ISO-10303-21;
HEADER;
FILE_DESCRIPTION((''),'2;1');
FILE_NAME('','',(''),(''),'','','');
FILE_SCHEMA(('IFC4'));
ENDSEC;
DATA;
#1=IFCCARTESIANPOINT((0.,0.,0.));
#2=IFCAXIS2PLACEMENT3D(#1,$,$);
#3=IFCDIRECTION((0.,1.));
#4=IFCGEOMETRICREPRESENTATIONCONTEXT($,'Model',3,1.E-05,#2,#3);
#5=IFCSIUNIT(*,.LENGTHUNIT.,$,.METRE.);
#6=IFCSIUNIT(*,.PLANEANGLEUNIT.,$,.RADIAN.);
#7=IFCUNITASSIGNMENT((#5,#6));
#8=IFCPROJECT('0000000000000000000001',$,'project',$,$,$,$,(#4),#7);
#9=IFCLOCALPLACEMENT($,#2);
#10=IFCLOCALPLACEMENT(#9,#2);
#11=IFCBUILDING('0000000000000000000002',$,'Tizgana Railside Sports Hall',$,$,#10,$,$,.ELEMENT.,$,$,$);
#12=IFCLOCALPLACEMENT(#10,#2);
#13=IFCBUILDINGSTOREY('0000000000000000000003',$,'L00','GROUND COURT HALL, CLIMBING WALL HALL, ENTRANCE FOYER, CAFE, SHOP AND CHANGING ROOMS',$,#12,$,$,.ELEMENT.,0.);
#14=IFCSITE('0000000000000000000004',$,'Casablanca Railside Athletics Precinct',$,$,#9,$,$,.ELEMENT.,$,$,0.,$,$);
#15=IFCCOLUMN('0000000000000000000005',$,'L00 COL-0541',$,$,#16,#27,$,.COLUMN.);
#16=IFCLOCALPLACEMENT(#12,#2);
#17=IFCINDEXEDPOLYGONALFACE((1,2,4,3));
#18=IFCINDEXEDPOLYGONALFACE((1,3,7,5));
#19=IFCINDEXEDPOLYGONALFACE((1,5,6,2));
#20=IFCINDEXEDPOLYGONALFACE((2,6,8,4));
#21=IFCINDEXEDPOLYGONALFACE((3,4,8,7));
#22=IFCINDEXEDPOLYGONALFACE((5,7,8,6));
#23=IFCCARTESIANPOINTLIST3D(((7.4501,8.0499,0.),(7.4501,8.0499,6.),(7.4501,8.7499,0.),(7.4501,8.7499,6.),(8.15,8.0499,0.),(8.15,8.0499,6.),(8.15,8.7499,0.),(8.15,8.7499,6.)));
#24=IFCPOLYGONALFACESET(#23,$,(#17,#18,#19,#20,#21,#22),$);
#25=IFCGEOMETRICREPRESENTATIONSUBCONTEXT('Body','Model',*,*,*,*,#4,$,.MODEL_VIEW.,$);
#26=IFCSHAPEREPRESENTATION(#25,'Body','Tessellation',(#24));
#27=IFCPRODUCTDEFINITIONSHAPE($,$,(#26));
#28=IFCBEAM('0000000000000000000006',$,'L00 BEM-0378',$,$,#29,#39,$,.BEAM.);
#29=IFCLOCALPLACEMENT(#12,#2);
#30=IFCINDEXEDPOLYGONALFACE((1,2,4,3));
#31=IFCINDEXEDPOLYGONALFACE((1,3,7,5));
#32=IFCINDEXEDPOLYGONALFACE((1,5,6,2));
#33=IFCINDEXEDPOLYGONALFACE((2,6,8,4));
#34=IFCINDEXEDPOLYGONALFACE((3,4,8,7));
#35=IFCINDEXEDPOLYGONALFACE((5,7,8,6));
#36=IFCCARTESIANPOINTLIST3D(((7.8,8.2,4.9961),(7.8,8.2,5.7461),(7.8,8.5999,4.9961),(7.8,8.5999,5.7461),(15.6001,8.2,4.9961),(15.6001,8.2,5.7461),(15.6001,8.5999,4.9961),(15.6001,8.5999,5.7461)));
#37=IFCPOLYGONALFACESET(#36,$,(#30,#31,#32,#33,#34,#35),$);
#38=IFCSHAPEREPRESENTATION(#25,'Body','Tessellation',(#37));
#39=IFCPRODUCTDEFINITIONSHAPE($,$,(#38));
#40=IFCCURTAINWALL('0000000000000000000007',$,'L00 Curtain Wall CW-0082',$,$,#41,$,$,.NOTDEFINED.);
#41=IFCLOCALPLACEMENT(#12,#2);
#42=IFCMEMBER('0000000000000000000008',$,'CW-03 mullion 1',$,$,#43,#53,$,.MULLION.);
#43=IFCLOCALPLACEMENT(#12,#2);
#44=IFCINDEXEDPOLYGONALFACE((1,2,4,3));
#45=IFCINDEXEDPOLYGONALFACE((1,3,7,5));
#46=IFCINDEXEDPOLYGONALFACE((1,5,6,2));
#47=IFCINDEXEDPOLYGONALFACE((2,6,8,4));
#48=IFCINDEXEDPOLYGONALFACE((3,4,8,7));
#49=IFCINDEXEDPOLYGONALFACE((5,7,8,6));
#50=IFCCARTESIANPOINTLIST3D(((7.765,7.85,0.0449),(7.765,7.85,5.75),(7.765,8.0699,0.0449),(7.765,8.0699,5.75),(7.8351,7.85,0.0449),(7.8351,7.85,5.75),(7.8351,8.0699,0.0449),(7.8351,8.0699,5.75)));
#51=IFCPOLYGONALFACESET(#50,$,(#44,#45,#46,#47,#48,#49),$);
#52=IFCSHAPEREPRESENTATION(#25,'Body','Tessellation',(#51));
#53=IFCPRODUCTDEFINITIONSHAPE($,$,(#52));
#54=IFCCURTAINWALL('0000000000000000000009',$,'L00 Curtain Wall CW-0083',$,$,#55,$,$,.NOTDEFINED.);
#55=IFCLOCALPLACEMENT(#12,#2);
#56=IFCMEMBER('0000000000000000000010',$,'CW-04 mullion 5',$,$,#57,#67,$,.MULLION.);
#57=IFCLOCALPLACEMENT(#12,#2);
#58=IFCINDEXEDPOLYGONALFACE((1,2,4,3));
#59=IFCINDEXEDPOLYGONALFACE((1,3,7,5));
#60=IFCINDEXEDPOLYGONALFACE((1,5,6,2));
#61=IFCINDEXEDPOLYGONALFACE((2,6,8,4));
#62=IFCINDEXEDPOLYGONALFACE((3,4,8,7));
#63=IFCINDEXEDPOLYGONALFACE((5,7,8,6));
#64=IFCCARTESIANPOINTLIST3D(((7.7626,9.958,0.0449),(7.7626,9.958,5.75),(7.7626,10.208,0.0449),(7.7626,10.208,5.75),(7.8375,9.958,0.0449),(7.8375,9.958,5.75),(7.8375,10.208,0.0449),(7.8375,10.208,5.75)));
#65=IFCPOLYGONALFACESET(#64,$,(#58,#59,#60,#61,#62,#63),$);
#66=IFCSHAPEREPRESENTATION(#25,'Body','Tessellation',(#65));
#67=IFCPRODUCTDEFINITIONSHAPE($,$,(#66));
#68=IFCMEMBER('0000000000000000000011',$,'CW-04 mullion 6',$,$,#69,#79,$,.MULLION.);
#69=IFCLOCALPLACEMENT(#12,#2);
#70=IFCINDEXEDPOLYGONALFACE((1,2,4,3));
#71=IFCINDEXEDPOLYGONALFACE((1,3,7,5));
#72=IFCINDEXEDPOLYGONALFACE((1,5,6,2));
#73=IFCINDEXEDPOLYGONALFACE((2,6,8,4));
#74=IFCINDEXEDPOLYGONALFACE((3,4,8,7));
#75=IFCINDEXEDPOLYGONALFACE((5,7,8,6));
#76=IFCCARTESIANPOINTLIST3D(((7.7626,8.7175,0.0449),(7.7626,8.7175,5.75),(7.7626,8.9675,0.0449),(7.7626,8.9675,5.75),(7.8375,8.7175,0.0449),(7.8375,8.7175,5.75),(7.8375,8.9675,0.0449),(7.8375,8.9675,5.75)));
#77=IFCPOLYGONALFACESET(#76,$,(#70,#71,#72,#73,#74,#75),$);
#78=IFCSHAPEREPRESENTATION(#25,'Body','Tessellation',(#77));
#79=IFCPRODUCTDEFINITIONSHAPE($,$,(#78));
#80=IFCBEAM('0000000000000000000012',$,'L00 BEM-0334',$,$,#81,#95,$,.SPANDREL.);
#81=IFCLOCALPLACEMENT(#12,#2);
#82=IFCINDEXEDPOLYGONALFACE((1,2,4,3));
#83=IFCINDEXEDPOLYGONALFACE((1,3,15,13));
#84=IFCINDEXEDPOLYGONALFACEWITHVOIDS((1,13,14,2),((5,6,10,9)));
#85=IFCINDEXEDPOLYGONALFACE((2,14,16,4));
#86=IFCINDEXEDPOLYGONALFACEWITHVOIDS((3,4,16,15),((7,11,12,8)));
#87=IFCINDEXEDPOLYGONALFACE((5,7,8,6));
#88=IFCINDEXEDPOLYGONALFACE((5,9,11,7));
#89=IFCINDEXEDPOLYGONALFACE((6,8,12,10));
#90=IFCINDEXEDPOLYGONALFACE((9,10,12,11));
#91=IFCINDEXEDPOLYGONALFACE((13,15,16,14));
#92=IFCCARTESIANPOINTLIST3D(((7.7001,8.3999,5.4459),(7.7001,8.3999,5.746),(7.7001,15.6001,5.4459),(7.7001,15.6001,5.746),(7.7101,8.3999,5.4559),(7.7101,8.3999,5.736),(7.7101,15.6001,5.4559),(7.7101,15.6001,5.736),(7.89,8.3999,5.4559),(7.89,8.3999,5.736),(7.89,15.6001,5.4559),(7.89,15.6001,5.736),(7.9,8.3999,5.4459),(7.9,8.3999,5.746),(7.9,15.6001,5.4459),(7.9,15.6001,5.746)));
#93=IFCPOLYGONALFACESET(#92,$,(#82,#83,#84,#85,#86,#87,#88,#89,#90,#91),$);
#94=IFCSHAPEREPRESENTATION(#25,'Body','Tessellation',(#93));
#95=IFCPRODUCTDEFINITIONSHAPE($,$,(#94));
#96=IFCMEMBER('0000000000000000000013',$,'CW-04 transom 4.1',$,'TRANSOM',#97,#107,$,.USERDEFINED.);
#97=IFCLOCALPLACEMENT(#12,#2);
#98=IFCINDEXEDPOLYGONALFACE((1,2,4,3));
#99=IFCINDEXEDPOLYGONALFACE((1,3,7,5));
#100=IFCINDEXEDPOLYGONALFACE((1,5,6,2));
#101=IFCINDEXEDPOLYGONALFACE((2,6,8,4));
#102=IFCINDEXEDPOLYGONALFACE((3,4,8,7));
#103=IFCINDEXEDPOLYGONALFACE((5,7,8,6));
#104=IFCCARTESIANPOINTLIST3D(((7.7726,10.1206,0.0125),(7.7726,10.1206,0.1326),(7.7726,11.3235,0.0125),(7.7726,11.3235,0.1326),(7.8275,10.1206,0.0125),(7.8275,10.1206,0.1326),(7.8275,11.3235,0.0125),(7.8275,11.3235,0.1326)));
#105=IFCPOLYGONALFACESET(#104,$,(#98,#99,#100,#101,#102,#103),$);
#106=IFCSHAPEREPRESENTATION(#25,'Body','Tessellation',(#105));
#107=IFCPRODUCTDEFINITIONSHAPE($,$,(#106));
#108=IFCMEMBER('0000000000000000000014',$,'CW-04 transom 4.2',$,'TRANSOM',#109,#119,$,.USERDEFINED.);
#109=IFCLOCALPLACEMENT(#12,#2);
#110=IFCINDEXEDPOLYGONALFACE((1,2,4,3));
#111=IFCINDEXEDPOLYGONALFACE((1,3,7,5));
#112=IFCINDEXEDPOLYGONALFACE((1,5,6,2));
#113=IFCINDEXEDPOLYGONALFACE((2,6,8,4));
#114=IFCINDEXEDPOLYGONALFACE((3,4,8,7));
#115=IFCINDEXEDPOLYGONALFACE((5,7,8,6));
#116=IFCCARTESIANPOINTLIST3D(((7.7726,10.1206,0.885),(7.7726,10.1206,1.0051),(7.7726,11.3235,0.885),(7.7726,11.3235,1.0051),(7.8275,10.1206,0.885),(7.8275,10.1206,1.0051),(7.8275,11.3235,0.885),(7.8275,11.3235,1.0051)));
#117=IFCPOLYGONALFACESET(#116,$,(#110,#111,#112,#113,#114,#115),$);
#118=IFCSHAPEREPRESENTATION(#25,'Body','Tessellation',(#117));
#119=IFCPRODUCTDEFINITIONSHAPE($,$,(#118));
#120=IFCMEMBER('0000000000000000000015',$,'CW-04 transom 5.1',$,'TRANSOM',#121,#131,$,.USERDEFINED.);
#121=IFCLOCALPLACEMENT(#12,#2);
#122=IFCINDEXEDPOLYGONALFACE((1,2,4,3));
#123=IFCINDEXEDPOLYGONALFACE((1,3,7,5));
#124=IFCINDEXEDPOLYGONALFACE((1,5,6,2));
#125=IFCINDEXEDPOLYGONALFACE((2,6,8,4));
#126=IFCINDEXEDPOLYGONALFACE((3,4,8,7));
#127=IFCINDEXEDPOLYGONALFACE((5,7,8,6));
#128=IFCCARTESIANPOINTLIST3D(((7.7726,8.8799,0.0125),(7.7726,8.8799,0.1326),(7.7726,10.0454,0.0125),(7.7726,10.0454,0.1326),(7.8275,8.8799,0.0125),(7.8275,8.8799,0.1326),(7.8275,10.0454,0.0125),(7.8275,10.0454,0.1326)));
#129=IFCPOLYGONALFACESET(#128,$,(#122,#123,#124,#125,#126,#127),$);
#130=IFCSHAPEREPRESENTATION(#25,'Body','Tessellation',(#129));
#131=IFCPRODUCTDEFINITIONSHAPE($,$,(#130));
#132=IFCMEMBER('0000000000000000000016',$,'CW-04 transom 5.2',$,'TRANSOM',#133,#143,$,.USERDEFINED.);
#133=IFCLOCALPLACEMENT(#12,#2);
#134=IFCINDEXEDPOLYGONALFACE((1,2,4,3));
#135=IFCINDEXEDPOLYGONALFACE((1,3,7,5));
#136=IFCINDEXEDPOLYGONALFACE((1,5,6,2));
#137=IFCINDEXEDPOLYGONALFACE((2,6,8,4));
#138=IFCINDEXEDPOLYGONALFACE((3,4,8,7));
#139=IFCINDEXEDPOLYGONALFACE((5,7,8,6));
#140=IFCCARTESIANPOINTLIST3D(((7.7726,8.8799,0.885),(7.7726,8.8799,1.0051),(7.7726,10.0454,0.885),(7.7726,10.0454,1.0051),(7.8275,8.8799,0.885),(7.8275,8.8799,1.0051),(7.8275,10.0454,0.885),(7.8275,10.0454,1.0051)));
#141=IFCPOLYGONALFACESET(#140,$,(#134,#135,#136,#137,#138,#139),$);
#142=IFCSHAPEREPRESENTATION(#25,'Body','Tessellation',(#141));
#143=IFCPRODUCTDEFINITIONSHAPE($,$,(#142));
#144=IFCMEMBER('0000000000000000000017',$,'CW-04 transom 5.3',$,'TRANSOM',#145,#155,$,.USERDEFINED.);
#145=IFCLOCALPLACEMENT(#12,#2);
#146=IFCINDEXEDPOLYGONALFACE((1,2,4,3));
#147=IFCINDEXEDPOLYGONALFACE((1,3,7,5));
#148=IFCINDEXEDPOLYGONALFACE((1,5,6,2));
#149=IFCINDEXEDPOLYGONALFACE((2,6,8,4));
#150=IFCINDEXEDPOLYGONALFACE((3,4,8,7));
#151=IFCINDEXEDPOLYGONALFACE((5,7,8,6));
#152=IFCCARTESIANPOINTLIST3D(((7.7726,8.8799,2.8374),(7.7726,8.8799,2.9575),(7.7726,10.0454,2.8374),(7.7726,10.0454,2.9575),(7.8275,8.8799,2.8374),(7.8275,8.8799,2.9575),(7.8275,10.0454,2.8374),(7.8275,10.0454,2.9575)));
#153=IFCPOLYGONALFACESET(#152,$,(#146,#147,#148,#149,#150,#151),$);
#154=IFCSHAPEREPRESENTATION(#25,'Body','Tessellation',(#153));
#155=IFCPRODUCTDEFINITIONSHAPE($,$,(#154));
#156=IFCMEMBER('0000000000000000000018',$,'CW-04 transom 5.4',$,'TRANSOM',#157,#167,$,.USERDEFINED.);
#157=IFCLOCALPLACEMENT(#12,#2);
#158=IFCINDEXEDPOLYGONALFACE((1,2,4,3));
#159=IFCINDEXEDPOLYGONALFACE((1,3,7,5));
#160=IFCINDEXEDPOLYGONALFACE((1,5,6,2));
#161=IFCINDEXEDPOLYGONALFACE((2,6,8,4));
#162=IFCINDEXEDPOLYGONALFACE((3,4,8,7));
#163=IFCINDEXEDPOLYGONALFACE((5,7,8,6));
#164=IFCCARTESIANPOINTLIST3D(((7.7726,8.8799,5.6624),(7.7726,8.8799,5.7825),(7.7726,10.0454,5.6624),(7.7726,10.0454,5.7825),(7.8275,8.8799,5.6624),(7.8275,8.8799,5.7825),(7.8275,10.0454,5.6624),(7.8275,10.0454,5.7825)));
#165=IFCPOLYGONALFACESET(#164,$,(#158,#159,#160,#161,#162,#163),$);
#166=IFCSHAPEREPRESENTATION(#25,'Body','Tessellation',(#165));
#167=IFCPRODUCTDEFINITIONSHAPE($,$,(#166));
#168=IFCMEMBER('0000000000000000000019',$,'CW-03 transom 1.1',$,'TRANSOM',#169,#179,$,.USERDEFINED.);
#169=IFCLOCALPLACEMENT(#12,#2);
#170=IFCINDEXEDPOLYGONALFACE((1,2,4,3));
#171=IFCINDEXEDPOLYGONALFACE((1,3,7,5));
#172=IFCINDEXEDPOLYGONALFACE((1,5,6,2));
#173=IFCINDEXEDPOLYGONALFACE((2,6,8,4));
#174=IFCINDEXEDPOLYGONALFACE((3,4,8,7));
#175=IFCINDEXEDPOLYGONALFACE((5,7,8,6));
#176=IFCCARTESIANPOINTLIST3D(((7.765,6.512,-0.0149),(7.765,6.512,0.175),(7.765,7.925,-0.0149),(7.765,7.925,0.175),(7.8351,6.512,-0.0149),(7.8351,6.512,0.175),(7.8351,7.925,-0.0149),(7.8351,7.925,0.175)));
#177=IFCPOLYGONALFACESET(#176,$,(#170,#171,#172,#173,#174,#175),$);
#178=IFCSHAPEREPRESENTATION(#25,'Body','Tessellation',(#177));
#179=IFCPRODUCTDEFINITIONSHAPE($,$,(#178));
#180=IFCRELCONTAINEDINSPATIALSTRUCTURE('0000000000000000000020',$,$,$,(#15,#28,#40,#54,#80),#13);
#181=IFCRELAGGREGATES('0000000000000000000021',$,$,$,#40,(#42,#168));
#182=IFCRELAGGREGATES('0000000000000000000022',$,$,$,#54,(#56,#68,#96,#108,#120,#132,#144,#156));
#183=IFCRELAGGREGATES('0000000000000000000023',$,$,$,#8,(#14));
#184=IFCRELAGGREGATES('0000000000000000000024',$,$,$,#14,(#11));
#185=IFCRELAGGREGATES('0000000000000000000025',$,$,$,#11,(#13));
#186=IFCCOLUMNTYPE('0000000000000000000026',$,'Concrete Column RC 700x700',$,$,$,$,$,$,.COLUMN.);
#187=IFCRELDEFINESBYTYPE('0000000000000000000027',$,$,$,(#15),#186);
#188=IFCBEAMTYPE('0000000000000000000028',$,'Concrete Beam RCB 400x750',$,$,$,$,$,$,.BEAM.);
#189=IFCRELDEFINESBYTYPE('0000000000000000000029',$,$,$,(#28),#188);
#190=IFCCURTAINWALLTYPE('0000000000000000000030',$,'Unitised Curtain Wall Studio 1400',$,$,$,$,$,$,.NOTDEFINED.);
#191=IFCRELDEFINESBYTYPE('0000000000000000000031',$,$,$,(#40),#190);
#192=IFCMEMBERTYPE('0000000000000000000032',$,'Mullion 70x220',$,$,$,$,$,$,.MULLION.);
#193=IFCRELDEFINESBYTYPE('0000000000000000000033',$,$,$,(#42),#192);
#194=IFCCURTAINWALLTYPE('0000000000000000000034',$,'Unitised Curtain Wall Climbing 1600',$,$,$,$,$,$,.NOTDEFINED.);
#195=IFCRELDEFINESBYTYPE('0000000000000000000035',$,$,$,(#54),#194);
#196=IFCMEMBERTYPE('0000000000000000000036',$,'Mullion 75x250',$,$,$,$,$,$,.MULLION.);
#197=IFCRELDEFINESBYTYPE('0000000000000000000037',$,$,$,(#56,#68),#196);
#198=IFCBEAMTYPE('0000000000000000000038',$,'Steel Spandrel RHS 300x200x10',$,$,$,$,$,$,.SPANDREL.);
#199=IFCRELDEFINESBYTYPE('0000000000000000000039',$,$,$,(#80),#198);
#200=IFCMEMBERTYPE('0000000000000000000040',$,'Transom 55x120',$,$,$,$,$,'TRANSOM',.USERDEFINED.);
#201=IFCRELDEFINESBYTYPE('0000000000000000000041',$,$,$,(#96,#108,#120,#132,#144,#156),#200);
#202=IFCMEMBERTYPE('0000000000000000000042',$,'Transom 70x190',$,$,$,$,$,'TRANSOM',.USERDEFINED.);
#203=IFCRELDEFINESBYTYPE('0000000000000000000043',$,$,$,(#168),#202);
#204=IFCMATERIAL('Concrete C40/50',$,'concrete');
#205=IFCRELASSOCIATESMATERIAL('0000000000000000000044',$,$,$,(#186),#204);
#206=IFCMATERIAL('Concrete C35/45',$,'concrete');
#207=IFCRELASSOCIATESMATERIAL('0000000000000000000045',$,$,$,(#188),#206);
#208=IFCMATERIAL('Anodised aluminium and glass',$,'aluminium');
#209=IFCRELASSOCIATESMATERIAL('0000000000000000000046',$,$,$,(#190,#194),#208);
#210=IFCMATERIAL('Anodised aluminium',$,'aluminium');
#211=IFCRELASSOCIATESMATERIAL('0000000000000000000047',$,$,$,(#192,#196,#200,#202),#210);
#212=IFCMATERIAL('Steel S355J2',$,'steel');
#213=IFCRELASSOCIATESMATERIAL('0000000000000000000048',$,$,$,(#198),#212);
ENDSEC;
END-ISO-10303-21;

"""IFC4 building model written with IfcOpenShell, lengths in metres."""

from ifc_helpers import new_model, si_unit, direction, frame, origin, origin_2d, place, context, subcontext, project, spatial, rectangle, hollow_rectangle, extrude, material, material_profile, profile_set, type_object, element, aggregate, save


model = new_model("IFC4")

# Units and contexts
model_context = context("Model", 3, precision=1e-05, world=origin(), true_north=direction((0.0, 1.0)))
body_context = subcontext(model_context, "Body", "Model", "MODEL_VIEW")
ifc_project = project(units=[si_unit("LENGTHUNIT", "METRE"), si_unit("PLANEANGLEUNIT", "RADIAN")], contexts=[model_context])

# Site, building, storey
site_placement = place(None, origin())
site = spatial("IfcSite", under=ifc_project, at=site_placement, Name="Casablanca Railside Athletics Precinct", CompositionType="ELEMENT", RefElevation=0.0)
building_placement = place(site_placement, origin())
building = spatial("IfcBuilding", under=site, at=building_placement, Name="Tizgana Railside Sports Hall", CompositionType="ELEMENT")
storey_placement = place(building_placement, origin())
storey = spatial("IfcBuildingStorey", under=building, at=storey_placement, Name="L00", Description="GROUND COURT HALL, CLIMBING WALL HALL, ENTRANCE FOYER, CAFE, SHOP AND CHANGING ROOMS", CompositionType="ELEMENT", Elevation=0.0)

# Column
ifc_material_1 = material(Name="Concrete C40/50", Category="concrete")
ifc_material_profile_1 = material_profile(ifc_material_1, rectangle(XDim=0.7, YDim=0.7, at=origin_2d()), Name="RC 700x700")
ifc_profile_set_1 = profile_set([ifc_material_profile_1], Name="Concrete C40/50")
column_type = type_object("IfcColumnType", Name="Concrete Column RC 700x700", PredefinedType="COLUMN", material=ifc_profile_set_1)
column_placement = place(storey_placement, frame((7.8, 8.3999, 0.0), z_axis=(0.0, 0.0, 1.0), x_axis=(1.0, 0.0, 0.0)))
element("IfcColumn", 1, at=column_placement, inside=storey, type_object=column_type, Name="L00 COL-0541", PredefinedType="COLUMN", context=body_context, shape_type="SweptSolid", body=[
    extrude(rectangle(XDim=0.7, YDim=0.7, at=origin_2d()), origin(), (0.0, 0.0, 1.0), 6.0),
])

# Beam
ifc_material_2 = material(Name="Concrete C35/45", Category="concrete")
ifc_material_profile_2 = material_profile(ifc_material_2, rectangle(XDim=0.3999, YDim=0.75, at=origin_2d()), Name="RCB 400x750")
ifc_profile_set_2 = profile_set([ifc_material_profile_2], Name="Concrete C35/45")
beam_type_1 = type_object("IfcBeamType", Name="Concrete Beam RCB 400x750", PredefinedType="BEAM", material=ifc_profile_set_2)
beam_1_placement = place(storey_placement, frame((7.8, 8.3999, 5.3711), z_axis=(1.0, 0.0, 0.0), x_axis=(0.0, 1.0, 0.0)))
element("IfcBeam", 2, at=beam_1_placement, inside=storey, type_object=beam_type_1, Name="L00 BEM-0378", PredefinedType="BEAM", context=body_context, shape_type="SweptSolid", body=[
    extrude(rectangle(XDim=0.3999, YDim=0.75, at=origin_2d()), origin(), (0.0, 0.0, 1.0), 7.8),
])

# Curtain wall, member
ifc_material_3 = material(Name="Anodised aluminium and glass", Category="aluminium")
curtain_wall_type_1 = type_object("IfcCurtainWallType", Name="Unitised Curtain Wall Studio 1400", PredefinedType="NOTDEFINED", material=ifc_material_3)
curtain_wall_1_placement = place(storey_placement, origin())
curtain_wall_1 = element("IfcCurtainWall", 3, at=curtain_wall_1_placement, inside=storey, type_object=curtain_wall_type_1, Name="L00 Curtain Wall CW-0082", PredefinedType="NOTDEFINED")
ifc_material_4 = material(Name="Anodised aluminium", Category="aluminium")
ifc_material_profile_3 = material_profile(ifc_material_4, rectangle(XDim=0.0701, YDim=0.22, at=origin_2d()), Name="Mullion 70x220")
ifc_profile_set_3 = profile_set([ifc_material_profile_3], Name="Anodised aluminium")
member_type_1 = type_object("IfcMemberType", Name="Mullion 70x220", PredefinedType="MULLION", material=ifc_profile_set_3)
member_1_placement = place(storey_placement, frame((7.8, 7.96, 0.0449), z_axis=(0.0, 0.0, 1.0), x_axis=(1.0, 0.0, 0.0)))
member_1 = element("IfcMember", 4, at=member_1_placement, type_object=member_type_1, Name="CW-03 mullion 1", PredefinedType="MULLION", context=body_context, shape_type="SweptSolid", body=[
    extrude(rectangle(XDim=0.0701, YDim=0.22, at=origin_2d()), origin(), (0.0, 0.0, 1.0), 5.7051),
])

# Curtain wall, members
curtain_wall_type_2 = type_object("IfcCurtainWallType", Name="Unitised Curtain Wall Climbing 1600", PredefinedType="NOTDEFINED", material=ifc_material_3)
curtain_wall_2_placement = place(storey_placement, origin())
curtain_wall_2 = element("IfcCurtainWall", 5, at=curtain_wall_2_placement, inside=storey, type_object=curtain_wall_type_2, Name="L00 Curtain Wall CW-0083", PredefinedType="NOTDEFINED")
ifc_material_profile_4 = material_profile(ifc_material_4, rectangle(XDim=0.075, YDim=0.25, at=origin_2d()), Name="Mullion 75x250")
ifc_profile_set_4 = profile_set([ifc_material_profile_4], Name="Anodised aluminium")
member_type_2 = type_object("IfcMemberType", Name="Mullion 75x250", PredefinedType="MULLION", material=ifc_profile_set_4)
member_2_placement = place(storey_placement, frame((7.8, 10.083, 0.0449), z_axis=(0.0, 0.0, 1.0), x_axis=(1.0, 0.0, 0.0)))
member_2 = element("IfcMember", 6, at=member_2_placement, type_object=member_type_2, Name="CW-04 mullion 5", PredefinedType="MULLION", context=body_context, shape_type="SweptSolid", body=[
    extrude(rectangle(XDim=0.075, YDim=0.25, at=origin_2d()), origin(), (0.0, 0.0, 1.0), 5.7051),
])
member_3_placement = place(storey_placement, frame((7.8, 8.8425, 0.0449), z_axis=(0.0, 0.0, 1.0), x_axis=(1.0, 0.0, 0.0)))
member_3 = element("IfcMember", 7, at=member_3_placement, type_object=member_type_2, Name="CW-04 mullion 6", PredefinedType="MULLION", context=body_context, shape_type="SweptSolid", body=[
    extrude(rectangle(XDim=0.075, YDim=0.25, at=origin_2d()), origin(), (0.0, 0.0, 1.0), 5.7051),
])

# Beam
ifc_material_5 = material(Name="Steel S355J2", Category="steel")
ifc_material_profile_5 = material_profile(ifc_material_5, hollow_rectangle(XDim=0.2, YDim=0.3, WallThickness=0.01, at=origin_2d()), Name="RHS 300x200x10")
ifc_profile_set_5 = profile_set([ifc_material_profile_5], Name="Steel S355J2")
beam_type_2 = type_object("IfcBeamType", Name="Steel Spandrel RHS 300x200x10", PredefinedType="SPANDREL", material=ifc_profile_set_5)
beam_2_placement = place(storey_placement, frame((7.8, 8.3999, 5.5959), z_axis=(0.0, 1.0, 0.0), x_axis=(-1.0, 0.0, 0.0)))
element("IfcBeam", 8, at=beam_2_placement, inside=storey, type_object=beam_type_2, Name="L00 BEM-0334", PredefinedType="SPANDREL", context=body_context, shape_type="SweptSolid", body=[
    extrude(hollow_rectangle(XDim=0.2, YDim=0.3, WallThickness=0.01, at=origin_2d()), origin(), (0.0, 0.0, 1.0), 7.2002),
])

# Members
ifc_material_profile_6 = material_profile(ifc_material_4, rectangle(XDim=0.0549, YDim=0.1201, at=origin_2d()), Name="Transom 55x120")
ifc_profile_set_6 = profile_set([ifc_material_profile_6], Name="Anodised aluminium")
member_type_3 = type_object("IfcMemberType", Name="Transom 55x120", ElementType="TRANSOM", PredefinedType="USERDEFINED", material=ifc_profile_set_6)
member_4_placement = place(storey_placement, frame((7.8, 11.3235, 0.0725), z_axis=(0.0, -1.0, 0.0), x_axis=(1.0, 0.0, 0.0)))
member_4 = element("IfcMember", 9, at=member_4_placement, type_object=member_type_3, Name="CW-04 transom 4.1", ObjectType="TRANSOM", PredefinedType="USERDEFINED", context=body_context, shape_type="SweptSolid", body=[
    extrude(rectangle(XDim=0.0549, YDim=0.1201, at=origin_2d()), origin(), (0.0, 0.0, 1.0), 1.2029),
])
member_5_placement = place(storey_placement, frame((7.8, 11.3235, 0.9451), z_axis=(0.0, -1.0, 0.0), x_axis=(1.0, 0.0, 0.0)))
member_5 = element("IfcMember", 10, at=member_5_placement, type_object=member_type_3, Name="CW-04 transom 4.2", ObjectType="TRANSOM", PredefinedType="USERDEFINED", context=body_context, shape_type="SweptSolid", body=[
    extrude(rectangle(XDim=0.0549, YDim=0.1201, at=origin_2d()), origin(), (0.0, 0.0, 1.0), 1.2029),
])
member_6_placement = place(storey_placement, frame((7.8, 10.0454, 0.0725), z_axis=(0.0, -1.0, 0.0), x_axis=(1.0, 0.0, 0.0)))
member_6 = element("IfcMember", 11, at=member_6_placement, type_object=member_type_3, Name="CW-04 transom 5.1", ObjectType="TRANSOM", PredefinedType="USERDEFINED", context=body_context, shape_type="SweptSolid", body=[
    extrude(rectangle(XDim=0.0549, YDim=0.1201, at=origin_2d()), origin(), (0.0, 0.0, 1.0), 1.1655),
])
member_7_placement = place(storey_placement, frame((7.8, 10.0454, 0.9451), z_axis=(0.0, -1.0, 0.0), x_axis=(1.0, 0.0, 0.0)))
member_7 = element("IfcMember", 12, at=member_7_placement, type_object=member_type_3, Name="CW-04 transom 5.2", ObjectType="TRANSOM", PredefinedType="USERDEFINED", context=body_context, shape_type="SweptSolid", body=[
    extrude(rectangle(XDim=0.0549, YDim=0.1201, at=origin_2d()), origin(), (0.0, 0.0, 1.0), 1.1655),
])
member_8_placement = place(storey_placement, frame((7.8, 10.0454, 2.8975), z_axis=(0.0, -1.0, 0.0), x_axis=(1.0, 0.0, 0.0)))
member_8 = element("IfcMember", 13, at=member_8_placement, type_object=member_type_3, Name="CW-04 transom 5.3", ObjectType="TRANSOM", PredefinedType="USERDEFINED", context=body_context, shape_type="SweptSolid", body=[
    extrude(rectangle(XDim=0.0549, YDim=0.1201, at=origin_2d()), origin(), (0.0, 0.0, 1.0), 1.1655),
])
member_9_placement = place(storey_placement, frame((7.8, 10.0454, 5.7224), z_axis=(0.0, -1.0, 0.0), x_axis=(1.0, 0.0, 0.0)))
member_9 = element("IfcMember", 14, at=member_9_placement, type_object=member_type_3, Name="CW-04 transom 5.4", ObjectType="TRANSOM", PredefinedType="USERDEFINED", context=body_context, shape_type="SweptSolid", body=[
    extrude(rectangle(XDim=0.0549, YDim=0.1201, at=origin_2d()), origin(), (0.0, 0.0, 1.0), 1.1655),
])
ifc_material_profile_7 = material_profile(ifc_material_4, rectangle(XDim=0.0701, YDim=0.1899, at=origin_2d()), Name="Transom 70x190")
ifc_profile_set_7 = profile_set([ifc_material_profile_7], Name="Anodised aluminium")
member_type_4 = type_object("IfcMemberType", Name="Transom 70x190", ElementType="TRANSOM", PredefinedType="USERDEFINED", material=ifc_profile_set_7)
member_10_placement = place(storey_placement, frame((7.8, 7.925, 0.0801), z_axis=(0.0, -1.0, 0.0), x_axis=(1.0, 0.0, 0.0)))
member_10 = element("IfcMember", 15, at=member_10_placement, type_object=member_type_4, Name="CW-03 transom 1.1", ObjectType="TRANSOM", PredefinedType="USERDEFINED", context=body_context, shape_type="SweptSolid", body=[
    extrude(rectangle(XDim=0.0701, YDim=0.1899, at=origin_2d()), origin(), (0.0, 0.0, 1.0), 1.4131),
])

aggregate(curtain_wall_1, [member_1, member_10])
aggregate(curtain_wall_2, [member_2, member_3, member_4, member_5, member_6, member_7, member_8, member_9])

save(model, "model.ifc")
